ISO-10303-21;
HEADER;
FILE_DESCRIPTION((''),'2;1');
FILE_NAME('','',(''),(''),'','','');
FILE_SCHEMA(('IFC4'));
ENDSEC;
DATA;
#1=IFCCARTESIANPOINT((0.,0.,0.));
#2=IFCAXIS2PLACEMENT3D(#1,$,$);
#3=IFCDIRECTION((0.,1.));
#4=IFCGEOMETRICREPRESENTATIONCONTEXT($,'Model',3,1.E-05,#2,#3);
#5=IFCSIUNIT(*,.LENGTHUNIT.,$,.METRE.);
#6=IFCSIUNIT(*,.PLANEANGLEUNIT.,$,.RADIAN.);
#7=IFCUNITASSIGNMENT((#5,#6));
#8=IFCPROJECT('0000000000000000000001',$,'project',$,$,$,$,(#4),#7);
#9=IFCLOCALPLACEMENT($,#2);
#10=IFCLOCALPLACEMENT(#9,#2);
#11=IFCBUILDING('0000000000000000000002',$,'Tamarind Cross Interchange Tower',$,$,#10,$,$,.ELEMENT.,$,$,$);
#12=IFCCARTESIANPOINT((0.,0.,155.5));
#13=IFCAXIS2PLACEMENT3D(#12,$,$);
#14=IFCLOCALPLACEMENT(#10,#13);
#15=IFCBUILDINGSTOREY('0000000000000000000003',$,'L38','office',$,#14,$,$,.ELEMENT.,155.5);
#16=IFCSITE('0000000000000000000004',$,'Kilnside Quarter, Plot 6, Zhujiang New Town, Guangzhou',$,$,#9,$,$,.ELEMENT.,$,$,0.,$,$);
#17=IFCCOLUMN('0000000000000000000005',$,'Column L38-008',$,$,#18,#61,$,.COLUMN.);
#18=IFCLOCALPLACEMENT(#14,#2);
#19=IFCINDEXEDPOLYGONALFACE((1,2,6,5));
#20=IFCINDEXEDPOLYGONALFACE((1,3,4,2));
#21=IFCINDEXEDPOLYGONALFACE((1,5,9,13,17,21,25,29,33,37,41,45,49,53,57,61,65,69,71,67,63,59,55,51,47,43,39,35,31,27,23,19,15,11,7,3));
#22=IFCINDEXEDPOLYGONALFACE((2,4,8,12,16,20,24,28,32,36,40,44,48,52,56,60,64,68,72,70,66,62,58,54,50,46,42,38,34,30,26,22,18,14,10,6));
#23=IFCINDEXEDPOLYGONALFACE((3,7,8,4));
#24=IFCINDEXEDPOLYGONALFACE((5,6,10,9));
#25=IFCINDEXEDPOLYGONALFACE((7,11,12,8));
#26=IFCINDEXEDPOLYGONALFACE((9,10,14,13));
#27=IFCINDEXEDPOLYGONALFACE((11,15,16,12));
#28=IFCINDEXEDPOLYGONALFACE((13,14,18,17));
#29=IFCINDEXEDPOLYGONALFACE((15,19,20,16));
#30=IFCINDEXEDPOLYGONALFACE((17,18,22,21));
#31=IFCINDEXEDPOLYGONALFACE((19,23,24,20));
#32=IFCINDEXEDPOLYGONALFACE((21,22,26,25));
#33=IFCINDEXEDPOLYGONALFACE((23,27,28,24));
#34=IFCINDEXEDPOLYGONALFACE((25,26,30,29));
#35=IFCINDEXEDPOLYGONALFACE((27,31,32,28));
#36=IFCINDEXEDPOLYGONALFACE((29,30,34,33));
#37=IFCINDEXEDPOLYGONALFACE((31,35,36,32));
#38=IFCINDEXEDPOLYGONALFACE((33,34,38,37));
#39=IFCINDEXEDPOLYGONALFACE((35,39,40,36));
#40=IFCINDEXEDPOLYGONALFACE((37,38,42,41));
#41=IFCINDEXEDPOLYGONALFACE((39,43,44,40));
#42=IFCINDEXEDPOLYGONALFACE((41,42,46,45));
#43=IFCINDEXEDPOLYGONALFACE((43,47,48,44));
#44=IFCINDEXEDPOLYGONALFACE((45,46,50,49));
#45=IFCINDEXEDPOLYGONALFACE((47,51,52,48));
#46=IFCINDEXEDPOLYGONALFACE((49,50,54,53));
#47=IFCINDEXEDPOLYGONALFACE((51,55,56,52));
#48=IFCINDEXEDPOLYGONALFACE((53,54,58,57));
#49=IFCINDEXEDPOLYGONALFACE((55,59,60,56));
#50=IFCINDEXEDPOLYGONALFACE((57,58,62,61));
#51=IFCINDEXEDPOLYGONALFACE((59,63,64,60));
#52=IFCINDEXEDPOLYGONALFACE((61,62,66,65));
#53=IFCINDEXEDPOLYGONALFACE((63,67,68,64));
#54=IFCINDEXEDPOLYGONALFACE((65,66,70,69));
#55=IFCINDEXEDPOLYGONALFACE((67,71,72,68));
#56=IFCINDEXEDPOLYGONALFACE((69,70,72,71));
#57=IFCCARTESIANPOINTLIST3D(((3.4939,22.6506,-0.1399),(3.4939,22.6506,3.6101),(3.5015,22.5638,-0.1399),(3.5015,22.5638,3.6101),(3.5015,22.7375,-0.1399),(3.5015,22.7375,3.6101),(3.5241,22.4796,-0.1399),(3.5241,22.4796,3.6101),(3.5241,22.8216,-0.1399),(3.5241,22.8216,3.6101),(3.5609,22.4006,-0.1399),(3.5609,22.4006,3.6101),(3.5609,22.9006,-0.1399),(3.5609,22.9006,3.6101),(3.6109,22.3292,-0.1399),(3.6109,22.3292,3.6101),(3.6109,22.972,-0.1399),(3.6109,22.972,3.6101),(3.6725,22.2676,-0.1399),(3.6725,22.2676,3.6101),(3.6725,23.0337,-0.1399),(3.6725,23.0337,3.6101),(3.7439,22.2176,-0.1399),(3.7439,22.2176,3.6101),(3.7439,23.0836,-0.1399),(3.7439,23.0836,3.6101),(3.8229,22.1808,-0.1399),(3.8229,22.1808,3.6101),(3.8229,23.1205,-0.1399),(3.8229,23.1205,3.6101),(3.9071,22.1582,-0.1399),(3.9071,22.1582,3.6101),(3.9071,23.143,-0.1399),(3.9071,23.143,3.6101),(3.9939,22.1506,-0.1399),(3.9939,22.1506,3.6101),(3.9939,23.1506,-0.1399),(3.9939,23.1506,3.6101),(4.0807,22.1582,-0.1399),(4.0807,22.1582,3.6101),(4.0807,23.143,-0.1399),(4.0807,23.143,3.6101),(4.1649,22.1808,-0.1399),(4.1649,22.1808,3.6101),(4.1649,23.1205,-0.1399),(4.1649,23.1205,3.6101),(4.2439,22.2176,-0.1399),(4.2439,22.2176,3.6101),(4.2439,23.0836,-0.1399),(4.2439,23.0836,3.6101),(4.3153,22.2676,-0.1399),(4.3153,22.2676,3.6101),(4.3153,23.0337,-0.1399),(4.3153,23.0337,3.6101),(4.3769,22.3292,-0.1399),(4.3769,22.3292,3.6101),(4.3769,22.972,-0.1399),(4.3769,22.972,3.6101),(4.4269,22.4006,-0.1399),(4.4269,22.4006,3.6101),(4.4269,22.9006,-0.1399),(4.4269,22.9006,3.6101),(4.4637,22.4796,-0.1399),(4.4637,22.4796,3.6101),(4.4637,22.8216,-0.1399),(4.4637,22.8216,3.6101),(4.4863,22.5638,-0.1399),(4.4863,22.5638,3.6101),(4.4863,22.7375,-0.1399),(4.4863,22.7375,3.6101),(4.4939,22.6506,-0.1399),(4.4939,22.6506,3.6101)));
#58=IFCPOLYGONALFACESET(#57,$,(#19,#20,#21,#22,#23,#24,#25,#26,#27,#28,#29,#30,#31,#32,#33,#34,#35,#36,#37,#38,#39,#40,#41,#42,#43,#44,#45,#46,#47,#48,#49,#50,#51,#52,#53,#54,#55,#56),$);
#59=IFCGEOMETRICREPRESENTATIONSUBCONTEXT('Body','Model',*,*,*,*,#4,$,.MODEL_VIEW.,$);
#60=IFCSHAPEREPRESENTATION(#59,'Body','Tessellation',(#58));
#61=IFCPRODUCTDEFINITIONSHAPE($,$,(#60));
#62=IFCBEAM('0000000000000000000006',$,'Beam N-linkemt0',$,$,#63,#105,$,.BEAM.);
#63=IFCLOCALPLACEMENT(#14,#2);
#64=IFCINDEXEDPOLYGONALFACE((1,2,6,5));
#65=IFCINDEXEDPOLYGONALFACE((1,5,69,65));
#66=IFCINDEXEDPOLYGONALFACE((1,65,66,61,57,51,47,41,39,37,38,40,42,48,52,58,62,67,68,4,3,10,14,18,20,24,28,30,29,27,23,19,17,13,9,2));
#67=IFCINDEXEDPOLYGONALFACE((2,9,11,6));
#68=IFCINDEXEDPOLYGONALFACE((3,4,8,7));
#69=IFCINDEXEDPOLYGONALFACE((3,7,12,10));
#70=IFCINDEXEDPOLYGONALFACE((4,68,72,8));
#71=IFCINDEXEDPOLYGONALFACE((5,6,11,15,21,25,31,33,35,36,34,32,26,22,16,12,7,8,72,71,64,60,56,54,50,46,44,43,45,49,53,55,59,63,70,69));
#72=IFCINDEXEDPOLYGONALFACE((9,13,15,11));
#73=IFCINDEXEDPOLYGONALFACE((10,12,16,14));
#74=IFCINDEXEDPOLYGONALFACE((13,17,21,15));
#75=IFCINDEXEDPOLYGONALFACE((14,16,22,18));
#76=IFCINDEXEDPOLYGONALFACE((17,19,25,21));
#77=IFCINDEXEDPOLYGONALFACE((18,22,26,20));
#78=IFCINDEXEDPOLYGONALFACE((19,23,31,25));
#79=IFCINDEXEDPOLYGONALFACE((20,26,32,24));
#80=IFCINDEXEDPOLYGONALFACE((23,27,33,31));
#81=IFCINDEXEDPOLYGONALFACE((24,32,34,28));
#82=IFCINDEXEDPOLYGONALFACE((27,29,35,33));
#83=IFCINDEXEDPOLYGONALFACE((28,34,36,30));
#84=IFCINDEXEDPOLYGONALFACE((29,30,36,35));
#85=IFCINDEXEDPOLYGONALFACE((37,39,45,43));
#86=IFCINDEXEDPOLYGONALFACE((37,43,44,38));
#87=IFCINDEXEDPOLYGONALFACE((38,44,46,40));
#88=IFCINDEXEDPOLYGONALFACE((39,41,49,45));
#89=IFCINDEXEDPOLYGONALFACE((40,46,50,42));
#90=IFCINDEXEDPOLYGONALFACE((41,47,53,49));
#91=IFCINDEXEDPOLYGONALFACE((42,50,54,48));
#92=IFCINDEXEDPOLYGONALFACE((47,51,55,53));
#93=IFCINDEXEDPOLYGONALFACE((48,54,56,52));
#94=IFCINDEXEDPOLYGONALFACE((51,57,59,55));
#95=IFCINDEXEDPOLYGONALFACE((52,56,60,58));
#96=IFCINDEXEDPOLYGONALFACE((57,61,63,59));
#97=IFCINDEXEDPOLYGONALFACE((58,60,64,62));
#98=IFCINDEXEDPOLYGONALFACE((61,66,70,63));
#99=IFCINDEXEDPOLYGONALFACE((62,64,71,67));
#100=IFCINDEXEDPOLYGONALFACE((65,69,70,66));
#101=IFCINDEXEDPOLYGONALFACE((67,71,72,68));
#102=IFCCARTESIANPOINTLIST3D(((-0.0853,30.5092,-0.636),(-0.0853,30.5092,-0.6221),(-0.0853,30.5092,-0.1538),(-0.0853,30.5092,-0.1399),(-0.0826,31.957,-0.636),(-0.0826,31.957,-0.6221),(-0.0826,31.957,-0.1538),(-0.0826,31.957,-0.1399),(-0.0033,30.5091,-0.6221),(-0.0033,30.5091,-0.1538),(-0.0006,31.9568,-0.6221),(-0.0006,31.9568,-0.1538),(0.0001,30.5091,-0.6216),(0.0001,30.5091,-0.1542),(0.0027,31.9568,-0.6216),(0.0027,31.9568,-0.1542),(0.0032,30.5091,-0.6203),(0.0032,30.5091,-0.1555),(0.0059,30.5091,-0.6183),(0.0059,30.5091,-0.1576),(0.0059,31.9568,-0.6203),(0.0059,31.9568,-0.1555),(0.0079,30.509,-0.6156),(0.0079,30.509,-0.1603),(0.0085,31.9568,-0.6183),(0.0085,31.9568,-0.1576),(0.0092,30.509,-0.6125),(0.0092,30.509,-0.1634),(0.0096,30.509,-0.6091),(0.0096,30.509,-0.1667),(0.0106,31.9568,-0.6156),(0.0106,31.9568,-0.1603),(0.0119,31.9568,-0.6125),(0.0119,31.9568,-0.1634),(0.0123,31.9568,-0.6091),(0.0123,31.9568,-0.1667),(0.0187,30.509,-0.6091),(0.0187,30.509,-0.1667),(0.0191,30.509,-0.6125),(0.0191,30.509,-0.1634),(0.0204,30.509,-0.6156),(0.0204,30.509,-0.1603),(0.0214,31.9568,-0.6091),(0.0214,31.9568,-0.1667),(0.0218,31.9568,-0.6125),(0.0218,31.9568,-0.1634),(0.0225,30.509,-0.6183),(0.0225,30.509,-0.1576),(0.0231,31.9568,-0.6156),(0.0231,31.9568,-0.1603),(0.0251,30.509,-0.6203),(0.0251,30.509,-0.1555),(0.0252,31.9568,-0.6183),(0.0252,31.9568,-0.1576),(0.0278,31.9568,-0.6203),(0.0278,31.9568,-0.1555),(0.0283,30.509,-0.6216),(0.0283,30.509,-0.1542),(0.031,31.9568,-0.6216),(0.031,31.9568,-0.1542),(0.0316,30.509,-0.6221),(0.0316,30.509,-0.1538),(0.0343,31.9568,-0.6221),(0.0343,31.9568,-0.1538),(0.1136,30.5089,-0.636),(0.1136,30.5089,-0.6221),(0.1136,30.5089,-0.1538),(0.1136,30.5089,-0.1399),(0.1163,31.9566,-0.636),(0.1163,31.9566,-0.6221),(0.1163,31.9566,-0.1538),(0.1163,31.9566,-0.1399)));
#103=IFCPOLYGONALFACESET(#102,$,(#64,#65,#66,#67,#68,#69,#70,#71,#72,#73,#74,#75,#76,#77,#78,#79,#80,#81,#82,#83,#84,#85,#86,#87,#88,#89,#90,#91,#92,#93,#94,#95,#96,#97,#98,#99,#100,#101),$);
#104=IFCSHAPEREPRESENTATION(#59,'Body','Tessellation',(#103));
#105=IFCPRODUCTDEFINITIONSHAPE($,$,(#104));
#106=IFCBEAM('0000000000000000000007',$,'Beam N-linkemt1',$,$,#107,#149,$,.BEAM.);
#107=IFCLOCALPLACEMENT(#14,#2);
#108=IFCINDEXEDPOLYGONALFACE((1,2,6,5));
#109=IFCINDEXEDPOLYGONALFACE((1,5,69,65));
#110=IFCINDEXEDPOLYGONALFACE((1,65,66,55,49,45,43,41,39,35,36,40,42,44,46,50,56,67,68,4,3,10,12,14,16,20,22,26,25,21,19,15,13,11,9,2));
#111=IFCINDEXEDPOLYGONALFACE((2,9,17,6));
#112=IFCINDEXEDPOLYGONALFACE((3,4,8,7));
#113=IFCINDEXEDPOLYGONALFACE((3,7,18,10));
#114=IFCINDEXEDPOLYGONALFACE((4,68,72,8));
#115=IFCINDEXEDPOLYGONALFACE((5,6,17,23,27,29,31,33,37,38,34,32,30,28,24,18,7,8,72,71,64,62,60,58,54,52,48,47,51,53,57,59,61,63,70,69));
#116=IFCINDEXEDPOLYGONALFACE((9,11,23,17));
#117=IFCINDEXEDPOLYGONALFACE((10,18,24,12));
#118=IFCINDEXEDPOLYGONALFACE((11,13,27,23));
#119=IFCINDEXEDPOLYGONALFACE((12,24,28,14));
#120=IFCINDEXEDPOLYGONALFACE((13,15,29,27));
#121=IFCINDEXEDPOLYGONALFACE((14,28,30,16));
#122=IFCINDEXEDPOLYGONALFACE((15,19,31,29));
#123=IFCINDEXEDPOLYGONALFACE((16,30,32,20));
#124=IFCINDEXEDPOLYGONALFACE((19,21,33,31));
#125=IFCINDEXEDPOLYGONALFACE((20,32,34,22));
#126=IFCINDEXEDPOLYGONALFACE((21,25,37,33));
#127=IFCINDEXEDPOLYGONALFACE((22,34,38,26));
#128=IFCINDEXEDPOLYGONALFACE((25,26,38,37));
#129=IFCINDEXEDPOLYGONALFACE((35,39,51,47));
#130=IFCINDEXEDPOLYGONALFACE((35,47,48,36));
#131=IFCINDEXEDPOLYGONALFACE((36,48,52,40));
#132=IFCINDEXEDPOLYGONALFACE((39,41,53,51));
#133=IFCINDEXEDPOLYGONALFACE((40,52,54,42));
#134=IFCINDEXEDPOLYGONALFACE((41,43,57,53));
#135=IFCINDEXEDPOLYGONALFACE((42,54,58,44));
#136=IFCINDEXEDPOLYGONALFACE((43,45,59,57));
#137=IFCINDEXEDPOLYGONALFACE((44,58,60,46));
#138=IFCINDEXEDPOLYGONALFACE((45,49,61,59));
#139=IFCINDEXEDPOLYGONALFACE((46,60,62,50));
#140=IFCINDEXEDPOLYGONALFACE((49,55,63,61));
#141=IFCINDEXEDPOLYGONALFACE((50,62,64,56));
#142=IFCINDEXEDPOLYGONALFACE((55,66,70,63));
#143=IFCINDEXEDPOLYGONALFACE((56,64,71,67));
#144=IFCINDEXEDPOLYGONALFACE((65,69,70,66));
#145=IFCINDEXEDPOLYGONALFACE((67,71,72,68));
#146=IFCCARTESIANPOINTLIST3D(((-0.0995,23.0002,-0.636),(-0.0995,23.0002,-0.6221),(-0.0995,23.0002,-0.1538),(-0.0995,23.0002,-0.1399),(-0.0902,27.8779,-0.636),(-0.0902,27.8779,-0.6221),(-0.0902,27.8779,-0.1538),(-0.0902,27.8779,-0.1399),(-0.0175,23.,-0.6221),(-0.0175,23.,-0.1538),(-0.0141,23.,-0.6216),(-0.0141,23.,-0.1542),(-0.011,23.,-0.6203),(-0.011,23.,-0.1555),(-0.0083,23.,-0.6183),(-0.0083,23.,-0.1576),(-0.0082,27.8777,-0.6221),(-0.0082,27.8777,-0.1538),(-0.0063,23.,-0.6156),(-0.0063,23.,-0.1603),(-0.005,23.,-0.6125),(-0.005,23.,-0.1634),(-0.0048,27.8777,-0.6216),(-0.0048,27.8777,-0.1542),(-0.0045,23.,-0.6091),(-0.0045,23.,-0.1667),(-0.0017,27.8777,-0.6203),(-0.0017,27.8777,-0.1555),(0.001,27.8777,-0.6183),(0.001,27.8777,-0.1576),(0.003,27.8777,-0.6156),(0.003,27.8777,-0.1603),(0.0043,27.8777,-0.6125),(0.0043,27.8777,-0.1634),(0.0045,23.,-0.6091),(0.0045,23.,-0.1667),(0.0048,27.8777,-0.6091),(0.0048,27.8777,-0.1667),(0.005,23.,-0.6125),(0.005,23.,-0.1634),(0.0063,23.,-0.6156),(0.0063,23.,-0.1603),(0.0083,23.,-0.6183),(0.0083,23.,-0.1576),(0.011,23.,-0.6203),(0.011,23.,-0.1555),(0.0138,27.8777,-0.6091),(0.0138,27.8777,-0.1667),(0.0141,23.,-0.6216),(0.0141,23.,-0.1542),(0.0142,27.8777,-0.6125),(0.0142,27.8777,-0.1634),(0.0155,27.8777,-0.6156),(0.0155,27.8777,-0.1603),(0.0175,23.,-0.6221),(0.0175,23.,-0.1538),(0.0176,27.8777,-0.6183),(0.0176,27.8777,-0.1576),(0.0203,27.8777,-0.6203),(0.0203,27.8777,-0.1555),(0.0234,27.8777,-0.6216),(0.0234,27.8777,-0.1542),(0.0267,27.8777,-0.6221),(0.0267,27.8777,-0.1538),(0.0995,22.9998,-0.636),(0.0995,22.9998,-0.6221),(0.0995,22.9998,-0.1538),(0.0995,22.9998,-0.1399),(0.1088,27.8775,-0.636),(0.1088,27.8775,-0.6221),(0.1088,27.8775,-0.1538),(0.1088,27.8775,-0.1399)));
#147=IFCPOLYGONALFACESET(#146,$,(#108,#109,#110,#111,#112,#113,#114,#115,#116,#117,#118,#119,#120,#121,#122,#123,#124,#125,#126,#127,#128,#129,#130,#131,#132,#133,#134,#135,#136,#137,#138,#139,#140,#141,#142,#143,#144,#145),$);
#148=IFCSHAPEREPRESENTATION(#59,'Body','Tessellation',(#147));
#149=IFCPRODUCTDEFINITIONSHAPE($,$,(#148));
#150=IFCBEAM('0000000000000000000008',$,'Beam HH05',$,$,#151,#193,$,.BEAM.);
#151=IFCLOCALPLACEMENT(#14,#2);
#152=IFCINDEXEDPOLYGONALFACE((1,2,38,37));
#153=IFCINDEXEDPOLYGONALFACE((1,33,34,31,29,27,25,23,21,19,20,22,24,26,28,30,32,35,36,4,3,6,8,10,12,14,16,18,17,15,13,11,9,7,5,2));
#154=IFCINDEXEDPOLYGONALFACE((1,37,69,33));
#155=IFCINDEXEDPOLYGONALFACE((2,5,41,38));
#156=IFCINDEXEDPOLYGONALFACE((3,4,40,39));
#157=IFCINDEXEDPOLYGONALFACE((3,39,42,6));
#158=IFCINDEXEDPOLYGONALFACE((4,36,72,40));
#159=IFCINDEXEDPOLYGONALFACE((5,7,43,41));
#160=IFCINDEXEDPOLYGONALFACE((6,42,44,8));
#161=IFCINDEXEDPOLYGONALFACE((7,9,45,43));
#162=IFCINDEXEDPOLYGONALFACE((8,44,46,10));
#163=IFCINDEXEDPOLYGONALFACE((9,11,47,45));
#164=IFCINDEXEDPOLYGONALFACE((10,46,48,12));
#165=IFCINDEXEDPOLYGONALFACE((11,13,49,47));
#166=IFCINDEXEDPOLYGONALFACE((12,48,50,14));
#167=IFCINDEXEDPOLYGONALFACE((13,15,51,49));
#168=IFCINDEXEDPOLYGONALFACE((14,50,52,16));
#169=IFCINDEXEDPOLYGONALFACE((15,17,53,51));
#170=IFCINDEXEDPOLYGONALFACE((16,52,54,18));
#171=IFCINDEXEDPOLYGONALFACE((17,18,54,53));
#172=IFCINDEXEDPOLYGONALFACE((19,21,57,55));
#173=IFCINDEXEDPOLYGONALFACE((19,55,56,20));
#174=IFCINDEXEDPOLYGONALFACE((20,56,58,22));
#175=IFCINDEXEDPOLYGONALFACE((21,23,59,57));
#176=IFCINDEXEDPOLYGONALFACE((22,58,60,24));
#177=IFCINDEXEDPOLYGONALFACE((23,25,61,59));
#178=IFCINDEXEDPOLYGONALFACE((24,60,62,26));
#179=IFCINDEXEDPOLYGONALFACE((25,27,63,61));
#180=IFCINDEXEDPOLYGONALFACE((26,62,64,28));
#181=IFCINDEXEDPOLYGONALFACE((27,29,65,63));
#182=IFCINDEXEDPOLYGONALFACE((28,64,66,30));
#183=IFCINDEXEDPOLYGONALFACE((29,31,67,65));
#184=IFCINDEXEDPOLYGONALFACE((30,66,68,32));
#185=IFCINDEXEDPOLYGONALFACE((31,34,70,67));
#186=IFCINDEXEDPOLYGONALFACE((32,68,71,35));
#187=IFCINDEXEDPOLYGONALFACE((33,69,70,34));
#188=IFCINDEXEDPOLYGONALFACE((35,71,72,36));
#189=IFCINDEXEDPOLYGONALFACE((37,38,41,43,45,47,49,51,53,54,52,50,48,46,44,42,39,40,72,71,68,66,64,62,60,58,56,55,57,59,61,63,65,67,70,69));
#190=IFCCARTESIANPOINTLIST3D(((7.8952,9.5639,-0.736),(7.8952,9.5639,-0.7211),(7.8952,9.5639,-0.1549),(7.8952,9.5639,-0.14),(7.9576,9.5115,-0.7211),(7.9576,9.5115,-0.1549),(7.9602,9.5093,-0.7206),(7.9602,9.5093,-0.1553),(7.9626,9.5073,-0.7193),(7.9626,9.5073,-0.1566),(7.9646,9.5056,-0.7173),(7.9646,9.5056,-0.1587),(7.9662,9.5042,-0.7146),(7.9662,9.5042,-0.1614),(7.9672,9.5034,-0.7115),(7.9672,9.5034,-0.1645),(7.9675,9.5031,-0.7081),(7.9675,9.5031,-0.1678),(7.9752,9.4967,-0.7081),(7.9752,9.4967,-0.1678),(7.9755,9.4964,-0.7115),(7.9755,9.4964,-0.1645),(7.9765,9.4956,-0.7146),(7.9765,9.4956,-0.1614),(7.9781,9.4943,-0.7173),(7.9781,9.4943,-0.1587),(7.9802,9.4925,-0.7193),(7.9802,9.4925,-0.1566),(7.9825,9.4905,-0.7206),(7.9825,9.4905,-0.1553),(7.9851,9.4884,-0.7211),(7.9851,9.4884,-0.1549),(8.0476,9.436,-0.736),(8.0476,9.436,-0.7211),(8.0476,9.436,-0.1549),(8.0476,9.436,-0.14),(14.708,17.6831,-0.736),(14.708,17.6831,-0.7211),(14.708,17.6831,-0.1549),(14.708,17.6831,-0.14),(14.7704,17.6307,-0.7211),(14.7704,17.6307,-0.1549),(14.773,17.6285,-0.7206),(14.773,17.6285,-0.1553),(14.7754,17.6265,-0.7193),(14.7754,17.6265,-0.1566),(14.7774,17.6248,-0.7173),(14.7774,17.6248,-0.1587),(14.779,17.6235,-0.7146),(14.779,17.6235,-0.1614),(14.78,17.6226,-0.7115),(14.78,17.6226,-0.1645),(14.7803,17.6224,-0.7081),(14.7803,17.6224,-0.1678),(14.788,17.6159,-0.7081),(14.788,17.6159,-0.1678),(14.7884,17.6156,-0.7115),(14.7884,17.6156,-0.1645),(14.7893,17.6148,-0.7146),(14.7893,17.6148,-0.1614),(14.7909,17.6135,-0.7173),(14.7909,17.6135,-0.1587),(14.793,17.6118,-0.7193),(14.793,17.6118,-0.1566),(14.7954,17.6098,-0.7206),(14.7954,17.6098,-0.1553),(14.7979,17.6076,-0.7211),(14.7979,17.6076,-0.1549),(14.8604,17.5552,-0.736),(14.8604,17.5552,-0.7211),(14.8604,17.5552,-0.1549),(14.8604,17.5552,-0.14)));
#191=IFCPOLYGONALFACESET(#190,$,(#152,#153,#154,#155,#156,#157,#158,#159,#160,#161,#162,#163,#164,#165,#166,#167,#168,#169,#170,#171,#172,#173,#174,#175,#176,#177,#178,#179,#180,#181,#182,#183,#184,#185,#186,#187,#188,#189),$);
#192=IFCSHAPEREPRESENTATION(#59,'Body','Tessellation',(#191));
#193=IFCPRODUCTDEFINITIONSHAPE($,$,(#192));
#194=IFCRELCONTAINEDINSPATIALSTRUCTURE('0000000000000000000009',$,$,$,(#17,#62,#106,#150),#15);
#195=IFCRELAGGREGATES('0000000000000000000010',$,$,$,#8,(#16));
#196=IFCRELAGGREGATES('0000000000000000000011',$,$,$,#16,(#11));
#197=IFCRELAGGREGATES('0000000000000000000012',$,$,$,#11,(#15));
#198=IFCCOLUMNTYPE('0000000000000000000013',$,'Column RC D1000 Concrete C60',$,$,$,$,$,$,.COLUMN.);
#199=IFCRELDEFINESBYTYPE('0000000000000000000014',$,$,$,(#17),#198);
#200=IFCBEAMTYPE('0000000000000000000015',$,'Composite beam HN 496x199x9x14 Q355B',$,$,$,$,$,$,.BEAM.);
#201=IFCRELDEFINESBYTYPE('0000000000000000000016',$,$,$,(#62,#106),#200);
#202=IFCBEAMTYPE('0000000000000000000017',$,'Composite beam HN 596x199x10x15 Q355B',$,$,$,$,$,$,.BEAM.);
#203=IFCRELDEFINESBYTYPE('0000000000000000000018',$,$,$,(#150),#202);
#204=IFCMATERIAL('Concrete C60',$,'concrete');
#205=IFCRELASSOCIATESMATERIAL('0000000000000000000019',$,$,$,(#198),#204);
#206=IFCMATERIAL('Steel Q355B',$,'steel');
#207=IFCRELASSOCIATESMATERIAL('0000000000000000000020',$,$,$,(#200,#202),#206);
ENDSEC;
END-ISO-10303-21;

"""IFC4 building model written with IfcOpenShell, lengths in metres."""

from ifc_helpers import new_model, si_unit, direction, frame, origin, origin_2d, place, context, subcontext, project, spatial, circle, i_section, extrude, material, material_profile, profile_set, type_object, element, save


model = new_model("IFC4")

# Units and contexts
model_context = context("Model", 3, precision=1e-05, world=origin(), true_north=direction((0.0, 1.0)))
body_context = subcontext(model_context, "Body", "Model", "MODEL_VIEW")
ifc_project = project(units=[si_unit("LENGTHUNIT", "METRE"), si_unit("PLANEANGLEUNIT", "RADIAN")], contexts=[model_context])

# Site, building, storey
site_placement = place(None, origin())
site = spatial("IfcSite", under=ifc_project, at=site_placement, Name="Kilnside Quarter, Plot 6, Zhujiang New Town, Guangzhou", CompositionType="ELEMENT", RefElevation=0.0)
building_placement = place(site_placement, origin())
building = spatial("IfcBuilding", under=site, at=building_placement, Name="Tamarind Cross Interchange Tower", CompositionType="ELEMENT")
storey_placement = place(building_placement, frame((0.0, 0.0, 155.5)))
storey = spatial("IfcBuildingStorey", under=building, at=storey_placement, Name="L38", Description="office", CompositionType="ELEMENT", Elevation=155.5)

# Column
ifc_material_1 = material(Name="Concrete C60", Category="concrete")
ifc_material_profile_1 = material_profile(ifc_material_1, circle(Radius=0.5, at=origin_2d()), Name="RC D1000")
ifc_profile_set_1 = profile_set([ifc_material_profile_1], Name="Concrete C60")
column_type_1 = type_object("IfcColumnType", Name="Column RC D1000 Concrete C60", PredefinedType="COLUMN", material=ifc_profile_set_1)
for number, where, z_axis, x_axis, name in (
    (1, (3.9939, 22.6506, -0.1399), (0.0, 0.0, 1.0), (1.0, 0.0, 0.0), "Column L38-008"),
):
    element("IfcColumn", number, at=place(storey_placement, frame(where, z_axis=z_axis, x_axis=x_axis)), inside=storey, type_object=column_type_1, Name=name, PredefinedType="COLUMN", context=body_context, shape_type="SweptSolid", body=[
        extrude(circle(Radius=0.5, at=origin_2d()), origin(), (0.0, 0.0, 1.0), 3.75),
    ])

# Beams
ifc_material_2 = material(Name="Steel Q355B", Category="steel")
ifc_material_profile_2 = material_profile(ifc_material_2, i_section(OverallWidth=0.199, OverallDepth=0.4961, WebThickness=0.009, FlangeThickness=0.0139, FilletRadius=0.0129, at=origin_2d()), Name="HN 496x199x9x14")
ifc_profile_set_2 = profile_set([ifc_material_profile_2], Name="Steel Q355B")
beam_type_1 = type_object("IfcBeamType", Name="Composite beam HN 496x199x9x14 Q355B", PredefinedType="BEAM", material=ifc_profile_set_2)
beam_1_placement = place(storey_placement, frame((0.0168, 31.9568, -0.3879), z_axis=(-0.001855, -0.999998, 0.0), x_axis=(0.999998, -0.001855, 0.0)))
element("IfcBeam", 2, at=beam_1_placement, inside=storey, type_object=beam_type_1, Name="Beam N-linkemt0", PredefinedType="BEAM", context=body_context, shape_type="SweptSolid", body=[
    extrude(i_section(OverallWidth=0.199, OverallDepth=0.4961, WebThickness=0.009, FlangeThickness=0.0139, FilletRadius=0.0129, at=origin_2d()), origin(), (0.0, 0.0, 1.0), 1.4478),
])
beam_2_placement = place(storey_placement, frame((0.0093, 27.8777, -0.3879), z_axis=(-0.001902, -0.999998, 0.0), x_axis=(0.999998, -0.001902, 0.0)))
element("IfcBeam", 3, at=beam_2_placement, inside=storey, type_object=beam_type_1, Name="Beam N-linkemt1", PredefinedType="BEAM", context=body_context, shape_type="SweptSolid", body=[
    extrude(i_section(OverallWidth=0.199, OverallDepth=0.4961, WebThickness=0.009, FlangeThickness=0.0139, FilletRadius=0.0129, at=origin_2d()), origin(), (0.0, 0.0, 1.0), 4.8777),
])
ifc_material_profile_3 = material_profile(ifc_material_2, i_section(OverallWidth=0.199, OverallDepth=0.5959, WebThickness=0.01, FlangeThickness=0.0149, FilletRadius=0.0129, at=origin_2d()), Name="HN 596x199x10x15")
ifc_profile_set_3 = profile_set([ifc_material_profile_3], Name="Steel Q355B")
beam_type_2 = type_object("IfcBeamType", Name="Composite beam HN 596x199x10x15 Q355B", PredefinedType="BEAM", material=ifc_profile_set_3)
beam_3_placement = place(storey_placement, frame((14.7842, 17.6191, -0.438), z_axis=(-0.642786, -0.766046, 0.0), x_axis=(0.766046, -0.642786, 0.0)))
element("IfcBeam", 4, at=beam_3_placement, inside=storey, type_object=beam_type_2, Name="Beam HH05", PredefinedType="BEAM", context=body_context, shape_type="SweptSolid", body=[
    extrude(i_section(OverallWidth=0.199, OverallDepth=0.5959, WebThickness=0.01, FlangeThickness=0.0149, FilletRadius=0.0129, at=origin_2d()), origin(), (0.0, 0.0, 1.0), 10.5989),
])

save(model, "model.ifc")
